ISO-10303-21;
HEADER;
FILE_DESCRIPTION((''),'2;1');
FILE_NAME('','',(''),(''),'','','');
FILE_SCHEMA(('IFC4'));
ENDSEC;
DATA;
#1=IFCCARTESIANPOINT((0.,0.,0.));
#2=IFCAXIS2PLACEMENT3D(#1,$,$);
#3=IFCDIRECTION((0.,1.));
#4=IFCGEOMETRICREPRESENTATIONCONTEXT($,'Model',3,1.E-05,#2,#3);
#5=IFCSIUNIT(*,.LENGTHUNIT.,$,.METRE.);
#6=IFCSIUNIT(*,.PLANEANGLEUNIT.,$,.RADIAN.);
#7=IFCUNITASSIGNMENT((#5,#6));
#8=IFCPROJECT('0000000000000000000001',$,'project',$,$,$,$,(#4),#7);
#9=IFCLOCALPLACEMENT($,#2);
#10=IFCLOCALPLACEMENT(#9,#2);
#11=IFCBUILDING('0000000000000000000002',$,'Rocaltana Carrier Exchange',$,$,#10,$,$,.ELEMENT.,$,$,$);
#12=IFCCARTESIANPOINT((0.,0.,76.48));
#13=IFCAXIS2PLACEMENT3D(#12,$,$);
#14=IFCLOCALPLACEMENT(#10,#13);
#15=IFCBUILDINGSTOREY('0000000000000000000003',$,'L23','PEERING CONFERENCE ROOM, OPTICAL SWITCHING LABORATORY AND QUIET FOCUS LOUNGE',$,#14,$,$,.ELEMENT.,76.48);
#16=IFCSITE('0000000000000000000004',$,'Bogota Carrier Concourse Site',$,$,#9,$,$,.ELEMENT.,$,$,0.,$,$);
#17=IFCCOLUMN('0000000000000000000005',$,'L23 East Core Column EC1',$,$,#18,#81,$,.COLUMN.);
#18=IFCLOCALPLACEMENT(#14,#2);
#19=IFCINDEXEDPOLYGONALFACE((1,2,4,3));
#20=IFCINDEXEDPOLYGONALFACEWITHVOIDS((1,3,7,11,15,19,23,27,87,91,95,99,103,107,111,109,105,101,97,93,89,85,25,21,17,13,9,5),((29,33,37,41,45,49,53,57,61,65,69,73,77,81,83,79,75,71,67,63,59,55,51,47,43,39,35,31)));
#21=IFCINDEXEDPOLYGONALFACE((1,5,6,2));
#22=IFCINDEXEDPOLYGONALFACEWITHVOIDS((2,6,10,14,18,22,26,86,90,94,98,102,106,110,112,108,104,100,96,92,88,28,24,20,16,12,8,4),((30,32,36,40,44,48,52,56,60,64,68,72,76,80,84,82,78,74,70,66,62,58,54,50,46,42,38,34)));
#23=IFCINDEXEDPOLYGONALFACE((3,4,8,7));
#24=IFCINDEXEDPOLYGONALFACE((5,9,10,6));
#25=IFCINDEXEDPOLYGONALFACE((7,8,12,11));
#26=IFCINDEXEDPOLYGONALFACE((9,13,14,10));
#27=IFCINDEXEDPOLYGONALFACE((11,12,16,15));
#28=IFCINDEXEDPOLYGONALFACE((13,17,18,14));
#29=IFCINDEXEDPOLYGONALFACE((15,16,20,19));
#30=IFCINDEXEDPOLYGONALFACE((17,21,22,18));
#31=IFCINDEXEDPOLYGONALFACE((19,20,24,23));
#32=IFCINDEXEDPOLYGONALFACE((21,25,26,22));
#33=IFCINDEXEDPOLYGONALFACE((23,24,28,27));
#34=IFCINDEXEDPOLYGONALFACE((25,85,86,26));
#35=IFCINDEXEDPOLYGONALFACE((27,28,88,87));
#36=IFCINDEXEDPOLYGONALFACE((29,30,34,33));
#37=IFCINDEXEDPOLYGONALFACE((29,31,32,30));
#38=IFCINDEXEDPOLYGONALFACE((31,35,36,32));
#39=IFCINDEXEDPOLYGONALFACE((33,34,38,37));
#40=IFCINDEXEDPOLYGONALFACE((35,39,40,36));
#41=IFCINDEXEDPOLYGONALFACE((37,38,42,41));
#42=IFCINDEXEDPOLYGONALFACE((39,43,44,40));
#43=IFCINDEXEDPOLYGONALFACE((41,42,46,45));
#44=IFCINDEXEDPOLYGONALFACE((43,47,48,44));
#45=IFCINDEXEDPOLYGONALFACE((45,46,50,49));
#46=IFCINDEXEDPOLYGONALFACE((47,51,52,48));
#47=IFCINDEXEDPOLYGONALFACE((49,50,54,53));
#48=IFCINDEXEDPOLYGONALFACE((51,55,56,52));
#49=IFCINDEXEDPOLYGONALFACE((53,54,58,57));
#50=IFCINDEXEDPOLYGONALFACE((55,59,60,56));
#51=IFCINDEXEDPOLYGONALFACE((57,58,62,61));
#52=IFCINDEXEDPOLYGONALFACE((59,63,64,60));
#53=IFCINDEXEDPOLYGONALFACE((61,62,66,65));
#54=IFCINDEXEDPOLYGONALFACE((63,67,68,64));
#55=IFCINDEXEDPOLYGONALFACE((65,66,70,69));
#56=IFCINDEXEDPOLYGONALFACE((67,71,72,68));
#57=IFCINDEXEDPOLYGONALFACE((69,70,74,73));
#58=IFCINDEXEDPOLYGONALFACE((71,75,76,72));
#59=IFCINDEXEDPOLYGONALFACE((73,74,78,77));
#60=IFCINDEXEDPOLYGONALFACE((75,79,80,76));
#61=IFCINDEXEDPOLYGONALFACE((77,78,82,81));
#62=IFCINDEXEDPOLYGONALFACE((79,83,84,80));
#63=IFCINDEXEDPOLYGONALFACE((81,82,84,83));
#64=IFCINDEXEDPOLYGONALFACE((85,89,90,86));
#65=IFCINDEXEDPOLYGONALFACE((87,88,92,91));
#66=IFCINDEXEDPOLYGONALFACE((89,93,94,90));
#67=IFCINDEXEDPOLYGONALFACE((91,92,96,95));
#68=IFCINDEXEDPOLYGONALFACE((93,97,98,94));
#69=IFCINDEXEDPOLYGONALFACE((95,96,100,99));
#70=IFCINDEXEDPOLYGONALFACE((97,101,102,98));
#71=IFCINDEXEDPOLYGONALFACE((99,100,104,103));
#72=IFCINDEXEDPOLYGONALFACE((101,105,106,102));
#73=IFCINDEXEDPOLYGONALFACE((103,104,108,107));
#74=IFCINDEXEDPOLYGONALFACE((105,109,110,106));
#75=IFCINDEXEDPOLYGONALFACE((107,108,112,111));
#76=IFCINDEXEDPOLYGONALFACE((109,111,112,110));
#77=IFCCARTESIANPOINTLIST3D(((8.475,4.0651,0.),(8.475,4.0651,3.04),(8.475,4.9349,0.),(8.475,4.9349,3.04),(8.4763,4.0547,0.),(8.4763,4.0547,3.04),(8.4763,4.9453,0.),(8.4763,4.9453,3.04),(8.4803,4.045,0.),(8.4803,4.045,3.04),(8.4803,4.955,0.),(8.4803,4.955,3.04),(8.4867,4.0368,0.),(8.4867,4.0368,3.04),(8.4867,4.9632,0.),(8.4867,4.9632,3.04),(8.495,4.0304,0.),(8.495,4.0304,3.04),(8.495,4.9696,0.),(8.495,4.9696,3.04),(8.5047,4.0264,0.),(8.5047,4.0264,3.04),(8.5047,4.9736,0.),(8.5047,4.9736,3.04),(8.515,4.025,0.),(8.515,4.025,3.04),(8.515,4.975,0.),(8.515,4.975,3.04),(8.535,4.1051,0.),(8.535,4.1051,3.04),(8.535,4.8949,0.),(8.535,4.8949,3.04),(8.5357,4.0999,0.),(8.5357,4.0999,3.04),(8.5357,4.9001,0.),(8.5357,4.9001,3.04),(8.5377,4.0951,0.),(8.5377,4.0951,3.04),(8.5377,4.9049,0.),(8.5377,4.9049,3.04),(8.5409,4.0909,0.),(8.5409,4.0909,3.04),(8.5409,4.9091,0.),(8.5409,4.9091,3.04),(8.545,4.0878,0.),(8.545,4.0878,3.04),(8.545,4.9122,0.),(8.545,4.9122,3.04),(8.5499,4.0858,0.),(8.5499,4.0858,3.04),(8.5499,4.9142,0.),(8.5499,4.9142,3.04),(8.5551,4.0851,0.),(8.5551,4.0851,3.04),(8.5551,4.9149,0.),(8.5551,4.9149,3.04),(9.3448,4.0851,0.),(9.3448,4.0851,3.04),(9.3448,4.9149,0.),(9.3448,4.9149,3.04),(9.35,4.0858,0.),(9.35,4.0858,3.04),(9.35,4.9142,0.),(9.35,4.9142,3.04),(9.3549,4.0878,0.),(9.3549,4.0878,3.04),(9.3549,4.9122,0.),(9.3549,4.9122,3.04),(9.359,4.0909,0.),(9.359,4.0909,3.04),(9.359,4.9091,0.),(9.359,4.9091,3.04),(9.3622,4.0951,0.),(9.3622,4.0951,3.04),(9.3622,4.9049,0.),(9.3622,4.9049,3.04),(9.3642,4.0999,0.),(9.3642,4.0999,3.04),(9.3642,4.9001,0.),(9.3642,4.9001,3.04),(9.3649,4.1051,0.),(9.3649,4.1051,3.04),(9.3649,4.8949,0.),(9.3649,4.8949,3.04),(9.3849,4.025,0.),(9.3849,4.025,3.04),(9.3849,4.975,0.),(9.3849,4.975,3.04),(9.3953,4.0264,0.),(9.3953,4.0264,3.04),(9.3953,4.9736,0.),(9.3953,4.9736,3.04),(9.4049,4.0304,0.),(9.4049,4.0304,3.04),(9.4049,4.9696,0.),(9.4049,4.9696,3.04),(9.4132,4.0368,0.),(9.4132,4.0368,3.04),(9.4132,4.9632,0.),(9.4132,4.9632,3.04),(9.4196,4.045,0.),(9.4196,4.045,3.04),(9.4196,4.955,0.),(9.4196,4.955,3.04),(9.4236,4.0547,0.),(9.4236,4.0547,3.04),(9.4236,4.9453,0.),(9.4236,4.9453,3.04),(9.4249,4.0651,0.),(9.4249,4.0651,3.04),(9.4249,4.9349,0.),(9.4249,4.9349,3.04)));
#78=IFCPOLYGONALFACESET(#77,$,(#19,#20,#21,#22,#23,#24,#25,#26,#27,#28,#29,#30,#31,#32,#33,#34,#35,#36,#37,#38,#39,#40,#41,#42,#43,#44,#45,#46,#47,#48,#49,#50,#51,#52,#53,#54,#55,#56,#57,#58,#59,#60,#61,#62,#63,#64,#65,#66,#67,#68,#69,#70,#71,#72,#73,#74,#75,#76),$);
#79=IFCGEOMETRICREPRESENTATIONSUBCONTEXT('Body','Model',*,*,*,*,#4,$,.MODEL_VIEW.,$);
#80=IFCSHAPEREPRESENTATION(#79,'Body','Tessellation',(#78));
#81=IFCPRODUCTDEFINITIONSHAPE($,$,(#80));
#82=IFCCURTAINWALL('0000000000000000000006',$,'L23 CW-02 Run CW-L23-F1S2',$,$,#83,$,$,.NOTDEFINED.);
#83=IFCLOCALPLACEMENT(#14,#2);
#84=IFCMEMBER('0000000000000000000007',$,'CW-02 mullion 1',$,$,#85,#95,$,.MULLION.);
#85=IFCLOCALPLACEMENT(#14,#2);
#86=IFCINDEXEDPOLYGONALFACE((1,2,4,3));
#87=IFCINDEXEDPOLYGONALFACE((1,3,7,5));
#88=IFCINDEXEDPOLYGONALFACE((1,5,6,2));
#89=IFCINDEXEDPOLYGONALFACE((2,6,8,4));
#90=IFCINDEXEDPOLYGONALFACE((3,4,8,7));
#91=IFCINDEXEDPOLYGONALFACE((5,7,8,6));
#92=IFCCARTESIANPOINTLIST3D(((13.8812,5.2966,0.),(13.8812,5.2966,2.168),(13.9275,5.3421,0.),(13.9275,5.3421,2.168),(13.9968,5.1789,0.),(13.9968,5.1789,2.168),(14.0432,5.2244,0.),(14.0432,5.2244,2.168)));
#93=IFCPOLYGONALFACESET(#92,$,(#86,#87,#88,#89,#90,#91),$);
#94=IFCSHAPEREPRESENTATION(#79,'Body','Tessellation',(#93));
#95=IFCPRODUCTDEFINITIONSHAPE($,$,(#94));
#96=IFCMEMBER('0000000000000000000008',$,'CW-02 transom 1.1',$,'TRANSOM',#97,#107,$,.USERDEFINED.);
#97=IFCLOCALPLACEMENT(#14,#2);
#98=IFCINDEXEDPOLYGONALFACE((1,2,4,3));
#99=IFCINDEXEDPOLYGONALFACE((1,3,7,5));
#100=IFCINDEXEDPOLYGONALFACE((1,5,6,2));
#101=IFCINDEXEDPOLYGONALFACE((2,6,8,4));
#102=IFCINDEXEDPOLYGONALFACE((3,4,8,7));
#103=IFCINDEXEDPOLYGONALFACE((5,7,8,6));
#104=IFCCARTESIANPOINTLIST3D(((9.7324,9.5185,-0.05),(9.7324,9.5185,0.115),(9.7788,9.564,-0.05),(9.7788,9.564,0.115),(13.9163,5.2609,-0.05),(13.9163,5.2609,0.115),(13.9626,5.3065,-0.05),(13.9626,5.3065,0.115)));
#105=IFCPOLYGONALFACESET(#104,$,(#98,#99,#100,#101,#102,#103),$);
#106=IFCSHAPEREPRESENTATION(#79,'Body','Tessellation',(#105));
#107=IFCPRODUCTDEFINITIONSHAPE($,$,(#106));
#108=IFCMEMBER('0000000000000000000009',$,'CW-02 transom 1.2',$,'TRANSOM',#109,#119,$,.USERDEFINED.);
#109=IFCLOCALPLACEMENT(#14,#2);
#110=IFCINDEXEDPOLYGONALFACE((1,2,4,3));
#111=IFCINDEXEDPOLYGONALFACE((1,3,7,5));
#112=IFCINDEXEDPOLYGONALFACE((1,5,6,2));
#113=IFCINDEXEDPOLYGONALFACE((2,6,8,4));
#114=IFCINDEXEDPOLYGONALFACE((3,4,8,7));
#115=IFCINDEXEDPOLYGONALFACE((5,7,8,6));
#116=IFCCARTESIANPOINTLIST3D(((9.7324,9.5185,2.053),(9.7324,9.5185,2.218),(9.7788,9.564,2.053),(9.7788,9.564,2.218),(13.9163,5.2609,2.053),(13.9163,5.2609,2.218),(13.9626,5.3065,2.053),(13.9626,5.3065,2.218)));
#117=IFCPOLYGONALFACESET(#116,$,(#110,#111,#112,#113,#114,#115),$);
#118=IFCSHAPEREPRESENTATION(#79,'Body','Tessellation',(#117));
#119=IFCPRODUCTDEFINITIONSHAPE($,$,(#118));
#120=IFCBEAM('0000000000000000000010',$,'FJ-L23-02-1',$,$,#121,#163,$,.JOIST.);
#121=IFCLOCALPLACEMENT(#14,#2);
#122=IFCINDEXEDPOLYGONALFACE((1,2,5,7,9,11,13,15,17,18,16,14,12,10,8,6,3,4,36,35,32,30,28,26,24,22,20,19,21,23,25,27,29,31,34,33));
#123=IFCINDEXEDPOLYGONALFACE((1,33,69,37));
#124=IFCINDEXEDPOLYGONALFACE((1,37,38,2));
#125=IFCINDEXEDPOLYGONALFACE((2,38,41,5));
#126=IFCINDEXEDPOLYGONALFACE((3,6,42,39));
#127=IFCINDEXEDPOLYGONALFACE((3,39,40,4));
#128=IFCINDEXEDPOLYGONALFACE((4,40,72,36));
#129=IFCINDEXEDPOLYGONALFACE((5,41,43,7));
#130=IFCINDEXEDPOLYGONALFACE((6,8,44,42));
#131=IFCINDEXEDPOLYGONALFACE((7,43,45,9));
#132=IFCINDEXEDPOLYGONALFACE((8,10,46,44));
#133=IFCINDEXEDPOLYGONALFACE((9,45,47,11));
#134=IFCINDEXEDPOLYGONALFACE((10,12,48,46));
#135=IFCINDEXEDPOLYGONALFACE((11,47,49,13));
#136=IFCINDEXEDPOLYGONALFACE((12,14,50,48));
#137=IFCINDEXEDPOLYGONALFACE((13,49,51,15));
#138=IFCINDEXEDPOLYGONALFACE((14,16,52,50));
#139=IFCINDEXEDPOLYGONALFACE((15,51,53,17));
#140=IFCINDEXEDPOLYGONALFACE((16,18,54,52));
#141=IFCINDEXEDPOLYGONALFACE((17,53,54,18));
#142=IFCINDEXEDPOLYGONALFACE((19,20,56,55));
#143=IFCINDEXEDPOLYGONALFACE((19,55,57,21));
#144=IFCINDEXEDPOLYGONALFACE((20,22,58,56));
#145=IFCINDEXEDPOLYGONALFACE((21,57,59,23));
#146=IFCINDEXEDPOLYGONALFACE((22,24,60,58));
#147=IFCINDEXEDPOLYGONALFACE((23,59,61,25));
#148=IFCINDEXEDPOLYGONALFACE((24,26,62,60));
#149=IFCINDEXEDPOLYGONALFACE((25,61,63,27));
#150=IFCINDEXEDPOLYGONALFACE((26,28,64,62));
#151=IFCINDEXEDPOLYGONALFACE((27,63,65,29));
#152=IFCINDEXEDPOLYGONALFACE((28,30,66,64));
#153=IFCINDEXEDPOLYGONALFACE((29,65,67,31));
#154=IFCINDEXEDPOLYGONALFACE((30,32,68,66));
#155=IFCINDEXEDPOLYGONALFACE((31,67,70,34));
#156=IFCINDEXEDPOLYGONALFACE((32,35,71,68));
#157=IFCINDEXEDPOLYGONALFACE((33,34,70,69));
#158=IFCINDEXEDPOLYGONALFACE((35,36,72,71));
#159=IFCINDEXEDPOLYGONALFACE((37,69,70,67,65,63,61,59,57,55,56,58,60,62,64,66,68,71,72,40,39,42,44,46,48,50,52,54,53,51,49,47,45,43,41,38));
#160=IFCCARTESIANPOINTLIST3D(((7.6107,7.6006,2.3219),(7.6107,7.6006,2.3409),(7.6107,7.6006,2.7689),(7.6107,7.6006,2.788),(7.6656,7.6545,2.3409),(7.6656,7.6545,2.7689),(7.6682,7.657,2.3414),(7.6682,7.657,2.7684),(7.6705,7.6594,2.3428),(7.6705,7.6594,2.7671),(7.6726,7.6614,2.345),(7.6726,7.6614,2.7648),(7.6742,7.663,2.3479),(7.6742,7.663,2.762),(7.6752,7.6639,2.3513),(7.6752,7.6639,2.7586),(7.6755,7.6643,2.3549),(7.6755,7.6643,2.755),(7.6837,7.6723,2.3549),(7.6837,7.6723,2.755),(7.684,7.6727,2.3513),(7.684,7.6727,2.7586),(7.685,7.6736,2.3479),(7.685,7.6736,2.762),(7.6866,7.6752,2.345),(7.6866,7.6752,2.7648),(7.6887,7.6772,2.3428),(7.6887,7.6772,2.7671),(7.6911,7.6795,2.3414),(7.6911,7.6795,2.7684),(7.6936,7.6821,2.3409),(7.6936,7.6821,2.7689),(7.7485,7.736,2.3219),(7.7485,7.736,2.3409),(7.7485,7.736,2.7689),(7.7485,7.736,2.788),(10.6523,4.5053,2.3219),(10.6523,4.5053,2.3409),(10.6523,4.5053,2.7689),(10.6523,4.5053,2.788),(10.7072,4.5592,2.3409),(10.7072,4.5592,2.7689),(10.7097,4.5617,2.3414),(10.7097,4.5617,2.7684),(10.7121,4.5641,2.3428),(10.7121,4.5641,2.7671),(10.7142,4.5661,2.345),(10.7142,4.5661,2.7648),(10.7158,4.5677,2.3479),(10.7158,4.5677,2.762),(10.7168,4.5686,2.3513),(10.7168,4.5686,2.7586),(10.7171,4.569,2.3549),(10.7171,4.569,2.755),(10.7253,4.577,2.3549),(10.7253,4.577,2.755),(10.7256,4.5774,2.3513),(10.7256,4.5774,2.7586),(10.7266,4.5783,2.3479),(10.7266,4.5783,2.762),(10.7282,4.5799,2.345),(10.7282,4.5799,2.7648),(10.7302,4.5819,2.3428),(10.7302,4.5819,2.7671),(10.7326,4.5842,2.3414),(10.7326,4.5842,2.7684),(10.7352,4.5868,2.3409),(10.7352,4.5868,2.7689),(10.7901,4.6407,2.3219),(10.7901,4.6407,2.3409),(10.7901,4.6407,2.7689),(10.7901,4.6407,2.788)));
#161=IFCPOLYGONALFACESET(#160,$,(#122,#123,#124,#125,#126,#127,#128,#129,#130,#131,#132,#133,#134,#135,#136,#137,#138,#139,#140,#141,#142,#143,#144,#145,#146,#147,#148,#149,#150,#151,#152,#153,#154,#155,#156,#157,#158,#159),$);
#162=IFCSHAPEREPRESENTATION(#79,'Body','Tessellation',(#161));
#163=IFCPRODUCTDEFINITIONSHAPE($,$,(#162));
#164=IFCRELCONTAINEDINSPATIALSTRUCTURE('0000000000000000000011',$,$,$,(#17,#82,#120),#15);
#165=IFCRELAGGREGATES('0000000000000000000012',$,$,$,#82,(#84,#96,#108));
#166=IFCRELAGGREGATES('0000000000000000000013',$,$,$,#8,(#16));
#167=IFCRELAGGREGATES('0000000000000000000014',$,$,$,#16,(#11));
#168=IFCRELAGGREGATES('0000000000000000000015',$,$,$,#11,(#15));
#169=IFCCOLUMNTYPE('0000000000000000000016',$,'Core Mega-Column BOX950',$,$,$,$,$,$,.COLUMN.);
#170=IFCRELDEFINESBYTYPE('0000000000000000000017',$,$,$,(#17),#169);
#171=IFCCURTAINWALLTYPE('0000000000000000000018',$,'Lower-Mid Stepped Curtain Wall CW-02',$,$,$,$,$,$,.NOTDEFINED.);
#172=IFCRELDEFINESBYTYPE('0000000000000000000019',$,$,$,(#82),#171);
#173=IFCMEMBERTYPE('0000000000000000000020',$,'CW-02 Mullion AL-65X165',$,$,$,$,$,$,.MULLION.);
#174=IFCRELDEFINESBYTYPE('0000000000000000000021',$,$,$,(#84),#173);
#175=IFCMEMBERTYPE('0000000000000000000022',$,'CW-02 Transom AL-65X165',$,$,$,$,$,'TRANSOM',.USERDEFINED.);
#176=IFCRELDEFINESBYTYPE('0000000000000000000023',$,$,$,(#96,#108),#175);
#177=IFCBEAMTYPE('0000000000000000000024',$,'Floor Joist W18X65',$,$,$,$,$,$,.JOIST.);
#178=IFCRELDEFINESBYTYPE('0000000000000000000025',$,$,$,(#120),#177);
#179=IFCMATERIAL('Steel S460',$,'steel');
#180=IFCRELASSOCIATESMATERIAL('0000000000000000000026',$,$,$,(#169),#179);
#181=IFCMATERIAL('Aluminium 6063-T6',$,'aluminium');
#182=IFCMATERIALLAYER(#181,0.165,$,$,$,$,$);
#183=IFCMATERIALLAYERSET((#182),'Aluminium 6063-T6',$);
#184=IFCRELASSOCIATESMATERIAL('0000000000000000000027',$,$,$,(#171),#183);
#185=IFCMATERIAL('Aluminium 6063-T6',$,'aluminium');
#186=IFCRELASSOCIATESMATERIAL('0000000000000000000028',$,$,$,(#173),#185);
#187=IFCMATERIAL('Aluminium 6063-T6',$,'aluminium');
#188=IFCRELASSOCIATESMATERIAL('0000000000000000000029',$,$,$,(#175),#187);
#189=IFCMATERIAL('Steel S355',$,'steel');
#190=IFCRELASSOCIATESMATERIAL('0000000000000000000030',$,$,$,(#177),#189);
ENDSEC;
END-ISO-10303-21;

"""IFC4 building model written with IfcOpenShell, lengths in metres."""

from ifc_helpers import new_model, si_unit, direction, frame, origin, origin_2d, place, context, subcontext, project, spatial, rectangle, hollow_rectangle, i_section, extrude, material, layer, layer_set, material_profile, profile_set, type_object, element, aggregate, save


model = new_model("IFC4")

# Units and contexts
model_context = context("Model", 3, precision=1e-05, world=origin(), true_north=direction((0.0, 1.0)))
body_context = subcontext(model_context, "Body", "Model", "MODEL_VIEW")
ifc_project = project(units=[si_unit("LENGTHUNIT", "METRE"), si_unit("PLANEANGLEUNIT", "RADIAN")], contexts=[model_context])

# Site, building, storey
site_placement = place(None, origin())
site = spatial("IfcSite", under=ifc_project, at=site_placement, Name="Bogota Carrier Concourse Site", CompositionType="ELEMENT", RefElevation=0.0)
building_placement = place(site_placement, origin())
building = spatial("IfcBuilding", under=site, at=building_placement, Name="Rocaltana Carrier Exchange", CompositionType="ELEMENT")
storey_placement = place(building_placement, frame((0.0, 0.0, 76.48)))
storey = spatial("IfcBuildingStorey", under=building, at=storey_placement, Name="L23", Description="PEERING CONFERENCE ROOM, OPTICAL SWITCHING LABORATORY AND QUIET FOCUS LOUNGE", CompositionType="ELEMENT", Elevation=76.48)

# Column
ifc_material_1 = material(Name="Steel S460", Category="steel")
ifc_material_profile_1 = material_profile(ifc_material_1, hollow_rectangle(XDim=0.95, YDim=0.95, WallThickness=0.0601, InnerFilletRadius=0.02, OuterFilletRadius=0.04, at=origin_2d()), Name="BOX950X950X60")
ifc_profile_set_1 = profile_set([ifc_material_profile_1], Name="Steel S460")
column_type = type_object("IfcColumnType", Name="Core Mega-Column BOX950", PredefinedType="COLUMN", material=ifc_profile_set_1)
column_placement = place(storey_placement, frame((8.95, 4.5, 0.0), z_axis=(0.0, 0.0, 1.0), x_axis=(1.0, 0.0, 0.0)))
element("IfcColumn", 1, at=column_placement, inside=storey, type_object=column_type, Name="L23 East Core Column EC1", PredefinedType="COLUMN", context=body_context, shape_type="SweptSolid", body=[
    extrude(hollow_rectangle(XDim=0.95, YDim=0.95, WallThickness=0.0601, InnerFilletRadius=0.02, OuterFilletRadius=0.04, at=origin_2d()), origin(), (0.0, 0.0, 1.0), 3.04),
])

# Curtain wall, members
ifc_material_2 = material(Name="Aluminium 6063-T6", Category="aluminium")
ifc_layer_1 = layer(ifc_material_2, 0.165)
ifc_layer_set_1 = layer_set([ifc_layer_1], Name="Aluminium 6063-T6")
curtain_wall_type = type_object("IfcCurtainWallType", Name="Lower-Mid Stepped Curtain Wall CW-02", PredefinedType="NOTDEFINED", material=ifc_layer_set_1)
curtain_wall_placement = place(storey_placement, origin())
curtain_wall = element("IfcCurtainWall", 2, at=curtain_wall_placement, inside=storey, type_object=curtain_wall_type, Name="L23 CW-02 Run CW-L23-F1S2", PredefinedType="NOTDEFINED")
ifc_material_3 = material(Name="Aluminium 6063-T6", Category="aluminium")
ifc_material_profile_2 = material_profile(ifc_material_3, rectangle(XDim=0.0649, YDim=0.165, at=origin_2d()), Name="AL-65X165")
ifc_profile_set_2 = profile_set([ifc_material_profile_2], Name="Aluminium 6063-T6")
member_type_1 = type_object("IfcMemberType", Name="CW-02 Mullion AL-65X165", PredefinedType="MULLION", material=ifc_profile_set_2)
member_1_placement = place(storey_placement, frame((13.9622, 5.2605, 0.0), z_axis=(0.0, 0.0, 1.0), x_axis=(-0.713245, -0.700915, 0.0)))
member_1 = element("IfcMember", 3, at=member_1_placement, type_object=member_type_1, Name="CW-02 mullion 1", PredefinedType="MULLION", context=body_context, shape_type="SweptSolid", body=[
    extrude(rectangle(XDim=0.0649, YDim=0.165, at=origin_2d()), origin(), (0.0, 0.0, 1.0), 2.168),
])
ifc_material_4 = material(Name="Aluminium 6063-T6", Category="aluminium")
ifc_material_profile_3 = material_profile(ifc_material_4, rectangle(XDim=0.0649, YDim=0.165, at=origin_2d()), Name="AL-65X165")
ifc_profile_set_3 = profile_set([ifc_material_profile_3], Name="Aluminium 6063-T6")
member_type_2 = type_object("IfcMemberType", Name="CW-02 Transom AL-65X165", ElementType="TRANSOM", PredefinedType="USERDEFINED", material=ifc_profile_set_3)
member_2_placement = place(storey_placement, frame((13.9395, 5.2837, 0.0325), z_axis=(-0.700904, 0.713256, 0.0), x_axis=(-0.713256, -0.700904, 0.0)))
member_2 = element("IfcMember", 4, at=member_2_placement, type_object=member_type_2, Name="CW-02 transom 1.1", ObjectType="TRANSOM", PredefinedType="USERDEFINED", context=body_context, shape_type="SweptSolid", body=[
    extrude(rectangle(XDim=0.0649, YDim=0.165, at=origin_2d()), origin(), (0.0, 0.0, 1.0), 5.9692),
])
member_3_placement = place(storey_placement, frame((13.9395, 5.2837, 2.1355), z_axis=(-0.700904, 0.713256, 0.0), x_axis=(-0.713256, -0.700904, 0.0)))
member_3 = element("IfcMember", 5, at=member_3_placement, type_object=member_type_2, Name="CW-02 transom 1.2", ObjectType="TRANSOM", PredefinedType="USERDEFINED", context=body_context, shape_type="SweptSolid", body=[
    extrude(rectangle(XDim=0.0649, YDim=0.165, at=origin_2d()), origin(), (0.0, 0.0, 1.0), 5.9692),
])

# Beam
ifc_material_5 = material(Name="Steel S355", Category="steel")
ifc_material_profile_4 = material_profile(ifc_material_5, i_section(OverallWidth=0.1931, OverallDepth=0.4661, WebThickness=0.0115, FlangeThickness=0.019, FilletRadius=0.0139, at=origin_2d()), Name="W18X65")
ifc_profile_set_4 = profile_set([ifc_material_profile_4], Name="Steel S355")
beam_type_1 = type_object("IfcBeamType", Name="Floor Joist W18X65", PredefinedType="JOIST", material=ifc_profile_set_4)
beam_1_placement = place(storey_placement, frame((10.7212, 4.573, 2.5549), z_axis=(-0.700891, 0.713268, 0.0), x_axis=(-0.713268, -0.700891, 0.0)))
element("IfcBeam", 6, at=beam_1_placement, inside=storey, type_object=beam_type_1, Name="FJ-L23-02-1", PredefinedType="JOIST", context=body_context, shape_type="SweptSolid", body=[
    extrude(i_section(OverallWidth=0.1931, OverallDepth=0.4661, WebThickness=0.0115, FlangeThickness=0.019, FilletRadius=0.0139, at=origin_2d()), origin(), (0.0, 0.0, 1.0), 4.3396),
])

aggregate(curtain_wall, [member_1, member_2, member_3])

save(model, "model.ifc")
